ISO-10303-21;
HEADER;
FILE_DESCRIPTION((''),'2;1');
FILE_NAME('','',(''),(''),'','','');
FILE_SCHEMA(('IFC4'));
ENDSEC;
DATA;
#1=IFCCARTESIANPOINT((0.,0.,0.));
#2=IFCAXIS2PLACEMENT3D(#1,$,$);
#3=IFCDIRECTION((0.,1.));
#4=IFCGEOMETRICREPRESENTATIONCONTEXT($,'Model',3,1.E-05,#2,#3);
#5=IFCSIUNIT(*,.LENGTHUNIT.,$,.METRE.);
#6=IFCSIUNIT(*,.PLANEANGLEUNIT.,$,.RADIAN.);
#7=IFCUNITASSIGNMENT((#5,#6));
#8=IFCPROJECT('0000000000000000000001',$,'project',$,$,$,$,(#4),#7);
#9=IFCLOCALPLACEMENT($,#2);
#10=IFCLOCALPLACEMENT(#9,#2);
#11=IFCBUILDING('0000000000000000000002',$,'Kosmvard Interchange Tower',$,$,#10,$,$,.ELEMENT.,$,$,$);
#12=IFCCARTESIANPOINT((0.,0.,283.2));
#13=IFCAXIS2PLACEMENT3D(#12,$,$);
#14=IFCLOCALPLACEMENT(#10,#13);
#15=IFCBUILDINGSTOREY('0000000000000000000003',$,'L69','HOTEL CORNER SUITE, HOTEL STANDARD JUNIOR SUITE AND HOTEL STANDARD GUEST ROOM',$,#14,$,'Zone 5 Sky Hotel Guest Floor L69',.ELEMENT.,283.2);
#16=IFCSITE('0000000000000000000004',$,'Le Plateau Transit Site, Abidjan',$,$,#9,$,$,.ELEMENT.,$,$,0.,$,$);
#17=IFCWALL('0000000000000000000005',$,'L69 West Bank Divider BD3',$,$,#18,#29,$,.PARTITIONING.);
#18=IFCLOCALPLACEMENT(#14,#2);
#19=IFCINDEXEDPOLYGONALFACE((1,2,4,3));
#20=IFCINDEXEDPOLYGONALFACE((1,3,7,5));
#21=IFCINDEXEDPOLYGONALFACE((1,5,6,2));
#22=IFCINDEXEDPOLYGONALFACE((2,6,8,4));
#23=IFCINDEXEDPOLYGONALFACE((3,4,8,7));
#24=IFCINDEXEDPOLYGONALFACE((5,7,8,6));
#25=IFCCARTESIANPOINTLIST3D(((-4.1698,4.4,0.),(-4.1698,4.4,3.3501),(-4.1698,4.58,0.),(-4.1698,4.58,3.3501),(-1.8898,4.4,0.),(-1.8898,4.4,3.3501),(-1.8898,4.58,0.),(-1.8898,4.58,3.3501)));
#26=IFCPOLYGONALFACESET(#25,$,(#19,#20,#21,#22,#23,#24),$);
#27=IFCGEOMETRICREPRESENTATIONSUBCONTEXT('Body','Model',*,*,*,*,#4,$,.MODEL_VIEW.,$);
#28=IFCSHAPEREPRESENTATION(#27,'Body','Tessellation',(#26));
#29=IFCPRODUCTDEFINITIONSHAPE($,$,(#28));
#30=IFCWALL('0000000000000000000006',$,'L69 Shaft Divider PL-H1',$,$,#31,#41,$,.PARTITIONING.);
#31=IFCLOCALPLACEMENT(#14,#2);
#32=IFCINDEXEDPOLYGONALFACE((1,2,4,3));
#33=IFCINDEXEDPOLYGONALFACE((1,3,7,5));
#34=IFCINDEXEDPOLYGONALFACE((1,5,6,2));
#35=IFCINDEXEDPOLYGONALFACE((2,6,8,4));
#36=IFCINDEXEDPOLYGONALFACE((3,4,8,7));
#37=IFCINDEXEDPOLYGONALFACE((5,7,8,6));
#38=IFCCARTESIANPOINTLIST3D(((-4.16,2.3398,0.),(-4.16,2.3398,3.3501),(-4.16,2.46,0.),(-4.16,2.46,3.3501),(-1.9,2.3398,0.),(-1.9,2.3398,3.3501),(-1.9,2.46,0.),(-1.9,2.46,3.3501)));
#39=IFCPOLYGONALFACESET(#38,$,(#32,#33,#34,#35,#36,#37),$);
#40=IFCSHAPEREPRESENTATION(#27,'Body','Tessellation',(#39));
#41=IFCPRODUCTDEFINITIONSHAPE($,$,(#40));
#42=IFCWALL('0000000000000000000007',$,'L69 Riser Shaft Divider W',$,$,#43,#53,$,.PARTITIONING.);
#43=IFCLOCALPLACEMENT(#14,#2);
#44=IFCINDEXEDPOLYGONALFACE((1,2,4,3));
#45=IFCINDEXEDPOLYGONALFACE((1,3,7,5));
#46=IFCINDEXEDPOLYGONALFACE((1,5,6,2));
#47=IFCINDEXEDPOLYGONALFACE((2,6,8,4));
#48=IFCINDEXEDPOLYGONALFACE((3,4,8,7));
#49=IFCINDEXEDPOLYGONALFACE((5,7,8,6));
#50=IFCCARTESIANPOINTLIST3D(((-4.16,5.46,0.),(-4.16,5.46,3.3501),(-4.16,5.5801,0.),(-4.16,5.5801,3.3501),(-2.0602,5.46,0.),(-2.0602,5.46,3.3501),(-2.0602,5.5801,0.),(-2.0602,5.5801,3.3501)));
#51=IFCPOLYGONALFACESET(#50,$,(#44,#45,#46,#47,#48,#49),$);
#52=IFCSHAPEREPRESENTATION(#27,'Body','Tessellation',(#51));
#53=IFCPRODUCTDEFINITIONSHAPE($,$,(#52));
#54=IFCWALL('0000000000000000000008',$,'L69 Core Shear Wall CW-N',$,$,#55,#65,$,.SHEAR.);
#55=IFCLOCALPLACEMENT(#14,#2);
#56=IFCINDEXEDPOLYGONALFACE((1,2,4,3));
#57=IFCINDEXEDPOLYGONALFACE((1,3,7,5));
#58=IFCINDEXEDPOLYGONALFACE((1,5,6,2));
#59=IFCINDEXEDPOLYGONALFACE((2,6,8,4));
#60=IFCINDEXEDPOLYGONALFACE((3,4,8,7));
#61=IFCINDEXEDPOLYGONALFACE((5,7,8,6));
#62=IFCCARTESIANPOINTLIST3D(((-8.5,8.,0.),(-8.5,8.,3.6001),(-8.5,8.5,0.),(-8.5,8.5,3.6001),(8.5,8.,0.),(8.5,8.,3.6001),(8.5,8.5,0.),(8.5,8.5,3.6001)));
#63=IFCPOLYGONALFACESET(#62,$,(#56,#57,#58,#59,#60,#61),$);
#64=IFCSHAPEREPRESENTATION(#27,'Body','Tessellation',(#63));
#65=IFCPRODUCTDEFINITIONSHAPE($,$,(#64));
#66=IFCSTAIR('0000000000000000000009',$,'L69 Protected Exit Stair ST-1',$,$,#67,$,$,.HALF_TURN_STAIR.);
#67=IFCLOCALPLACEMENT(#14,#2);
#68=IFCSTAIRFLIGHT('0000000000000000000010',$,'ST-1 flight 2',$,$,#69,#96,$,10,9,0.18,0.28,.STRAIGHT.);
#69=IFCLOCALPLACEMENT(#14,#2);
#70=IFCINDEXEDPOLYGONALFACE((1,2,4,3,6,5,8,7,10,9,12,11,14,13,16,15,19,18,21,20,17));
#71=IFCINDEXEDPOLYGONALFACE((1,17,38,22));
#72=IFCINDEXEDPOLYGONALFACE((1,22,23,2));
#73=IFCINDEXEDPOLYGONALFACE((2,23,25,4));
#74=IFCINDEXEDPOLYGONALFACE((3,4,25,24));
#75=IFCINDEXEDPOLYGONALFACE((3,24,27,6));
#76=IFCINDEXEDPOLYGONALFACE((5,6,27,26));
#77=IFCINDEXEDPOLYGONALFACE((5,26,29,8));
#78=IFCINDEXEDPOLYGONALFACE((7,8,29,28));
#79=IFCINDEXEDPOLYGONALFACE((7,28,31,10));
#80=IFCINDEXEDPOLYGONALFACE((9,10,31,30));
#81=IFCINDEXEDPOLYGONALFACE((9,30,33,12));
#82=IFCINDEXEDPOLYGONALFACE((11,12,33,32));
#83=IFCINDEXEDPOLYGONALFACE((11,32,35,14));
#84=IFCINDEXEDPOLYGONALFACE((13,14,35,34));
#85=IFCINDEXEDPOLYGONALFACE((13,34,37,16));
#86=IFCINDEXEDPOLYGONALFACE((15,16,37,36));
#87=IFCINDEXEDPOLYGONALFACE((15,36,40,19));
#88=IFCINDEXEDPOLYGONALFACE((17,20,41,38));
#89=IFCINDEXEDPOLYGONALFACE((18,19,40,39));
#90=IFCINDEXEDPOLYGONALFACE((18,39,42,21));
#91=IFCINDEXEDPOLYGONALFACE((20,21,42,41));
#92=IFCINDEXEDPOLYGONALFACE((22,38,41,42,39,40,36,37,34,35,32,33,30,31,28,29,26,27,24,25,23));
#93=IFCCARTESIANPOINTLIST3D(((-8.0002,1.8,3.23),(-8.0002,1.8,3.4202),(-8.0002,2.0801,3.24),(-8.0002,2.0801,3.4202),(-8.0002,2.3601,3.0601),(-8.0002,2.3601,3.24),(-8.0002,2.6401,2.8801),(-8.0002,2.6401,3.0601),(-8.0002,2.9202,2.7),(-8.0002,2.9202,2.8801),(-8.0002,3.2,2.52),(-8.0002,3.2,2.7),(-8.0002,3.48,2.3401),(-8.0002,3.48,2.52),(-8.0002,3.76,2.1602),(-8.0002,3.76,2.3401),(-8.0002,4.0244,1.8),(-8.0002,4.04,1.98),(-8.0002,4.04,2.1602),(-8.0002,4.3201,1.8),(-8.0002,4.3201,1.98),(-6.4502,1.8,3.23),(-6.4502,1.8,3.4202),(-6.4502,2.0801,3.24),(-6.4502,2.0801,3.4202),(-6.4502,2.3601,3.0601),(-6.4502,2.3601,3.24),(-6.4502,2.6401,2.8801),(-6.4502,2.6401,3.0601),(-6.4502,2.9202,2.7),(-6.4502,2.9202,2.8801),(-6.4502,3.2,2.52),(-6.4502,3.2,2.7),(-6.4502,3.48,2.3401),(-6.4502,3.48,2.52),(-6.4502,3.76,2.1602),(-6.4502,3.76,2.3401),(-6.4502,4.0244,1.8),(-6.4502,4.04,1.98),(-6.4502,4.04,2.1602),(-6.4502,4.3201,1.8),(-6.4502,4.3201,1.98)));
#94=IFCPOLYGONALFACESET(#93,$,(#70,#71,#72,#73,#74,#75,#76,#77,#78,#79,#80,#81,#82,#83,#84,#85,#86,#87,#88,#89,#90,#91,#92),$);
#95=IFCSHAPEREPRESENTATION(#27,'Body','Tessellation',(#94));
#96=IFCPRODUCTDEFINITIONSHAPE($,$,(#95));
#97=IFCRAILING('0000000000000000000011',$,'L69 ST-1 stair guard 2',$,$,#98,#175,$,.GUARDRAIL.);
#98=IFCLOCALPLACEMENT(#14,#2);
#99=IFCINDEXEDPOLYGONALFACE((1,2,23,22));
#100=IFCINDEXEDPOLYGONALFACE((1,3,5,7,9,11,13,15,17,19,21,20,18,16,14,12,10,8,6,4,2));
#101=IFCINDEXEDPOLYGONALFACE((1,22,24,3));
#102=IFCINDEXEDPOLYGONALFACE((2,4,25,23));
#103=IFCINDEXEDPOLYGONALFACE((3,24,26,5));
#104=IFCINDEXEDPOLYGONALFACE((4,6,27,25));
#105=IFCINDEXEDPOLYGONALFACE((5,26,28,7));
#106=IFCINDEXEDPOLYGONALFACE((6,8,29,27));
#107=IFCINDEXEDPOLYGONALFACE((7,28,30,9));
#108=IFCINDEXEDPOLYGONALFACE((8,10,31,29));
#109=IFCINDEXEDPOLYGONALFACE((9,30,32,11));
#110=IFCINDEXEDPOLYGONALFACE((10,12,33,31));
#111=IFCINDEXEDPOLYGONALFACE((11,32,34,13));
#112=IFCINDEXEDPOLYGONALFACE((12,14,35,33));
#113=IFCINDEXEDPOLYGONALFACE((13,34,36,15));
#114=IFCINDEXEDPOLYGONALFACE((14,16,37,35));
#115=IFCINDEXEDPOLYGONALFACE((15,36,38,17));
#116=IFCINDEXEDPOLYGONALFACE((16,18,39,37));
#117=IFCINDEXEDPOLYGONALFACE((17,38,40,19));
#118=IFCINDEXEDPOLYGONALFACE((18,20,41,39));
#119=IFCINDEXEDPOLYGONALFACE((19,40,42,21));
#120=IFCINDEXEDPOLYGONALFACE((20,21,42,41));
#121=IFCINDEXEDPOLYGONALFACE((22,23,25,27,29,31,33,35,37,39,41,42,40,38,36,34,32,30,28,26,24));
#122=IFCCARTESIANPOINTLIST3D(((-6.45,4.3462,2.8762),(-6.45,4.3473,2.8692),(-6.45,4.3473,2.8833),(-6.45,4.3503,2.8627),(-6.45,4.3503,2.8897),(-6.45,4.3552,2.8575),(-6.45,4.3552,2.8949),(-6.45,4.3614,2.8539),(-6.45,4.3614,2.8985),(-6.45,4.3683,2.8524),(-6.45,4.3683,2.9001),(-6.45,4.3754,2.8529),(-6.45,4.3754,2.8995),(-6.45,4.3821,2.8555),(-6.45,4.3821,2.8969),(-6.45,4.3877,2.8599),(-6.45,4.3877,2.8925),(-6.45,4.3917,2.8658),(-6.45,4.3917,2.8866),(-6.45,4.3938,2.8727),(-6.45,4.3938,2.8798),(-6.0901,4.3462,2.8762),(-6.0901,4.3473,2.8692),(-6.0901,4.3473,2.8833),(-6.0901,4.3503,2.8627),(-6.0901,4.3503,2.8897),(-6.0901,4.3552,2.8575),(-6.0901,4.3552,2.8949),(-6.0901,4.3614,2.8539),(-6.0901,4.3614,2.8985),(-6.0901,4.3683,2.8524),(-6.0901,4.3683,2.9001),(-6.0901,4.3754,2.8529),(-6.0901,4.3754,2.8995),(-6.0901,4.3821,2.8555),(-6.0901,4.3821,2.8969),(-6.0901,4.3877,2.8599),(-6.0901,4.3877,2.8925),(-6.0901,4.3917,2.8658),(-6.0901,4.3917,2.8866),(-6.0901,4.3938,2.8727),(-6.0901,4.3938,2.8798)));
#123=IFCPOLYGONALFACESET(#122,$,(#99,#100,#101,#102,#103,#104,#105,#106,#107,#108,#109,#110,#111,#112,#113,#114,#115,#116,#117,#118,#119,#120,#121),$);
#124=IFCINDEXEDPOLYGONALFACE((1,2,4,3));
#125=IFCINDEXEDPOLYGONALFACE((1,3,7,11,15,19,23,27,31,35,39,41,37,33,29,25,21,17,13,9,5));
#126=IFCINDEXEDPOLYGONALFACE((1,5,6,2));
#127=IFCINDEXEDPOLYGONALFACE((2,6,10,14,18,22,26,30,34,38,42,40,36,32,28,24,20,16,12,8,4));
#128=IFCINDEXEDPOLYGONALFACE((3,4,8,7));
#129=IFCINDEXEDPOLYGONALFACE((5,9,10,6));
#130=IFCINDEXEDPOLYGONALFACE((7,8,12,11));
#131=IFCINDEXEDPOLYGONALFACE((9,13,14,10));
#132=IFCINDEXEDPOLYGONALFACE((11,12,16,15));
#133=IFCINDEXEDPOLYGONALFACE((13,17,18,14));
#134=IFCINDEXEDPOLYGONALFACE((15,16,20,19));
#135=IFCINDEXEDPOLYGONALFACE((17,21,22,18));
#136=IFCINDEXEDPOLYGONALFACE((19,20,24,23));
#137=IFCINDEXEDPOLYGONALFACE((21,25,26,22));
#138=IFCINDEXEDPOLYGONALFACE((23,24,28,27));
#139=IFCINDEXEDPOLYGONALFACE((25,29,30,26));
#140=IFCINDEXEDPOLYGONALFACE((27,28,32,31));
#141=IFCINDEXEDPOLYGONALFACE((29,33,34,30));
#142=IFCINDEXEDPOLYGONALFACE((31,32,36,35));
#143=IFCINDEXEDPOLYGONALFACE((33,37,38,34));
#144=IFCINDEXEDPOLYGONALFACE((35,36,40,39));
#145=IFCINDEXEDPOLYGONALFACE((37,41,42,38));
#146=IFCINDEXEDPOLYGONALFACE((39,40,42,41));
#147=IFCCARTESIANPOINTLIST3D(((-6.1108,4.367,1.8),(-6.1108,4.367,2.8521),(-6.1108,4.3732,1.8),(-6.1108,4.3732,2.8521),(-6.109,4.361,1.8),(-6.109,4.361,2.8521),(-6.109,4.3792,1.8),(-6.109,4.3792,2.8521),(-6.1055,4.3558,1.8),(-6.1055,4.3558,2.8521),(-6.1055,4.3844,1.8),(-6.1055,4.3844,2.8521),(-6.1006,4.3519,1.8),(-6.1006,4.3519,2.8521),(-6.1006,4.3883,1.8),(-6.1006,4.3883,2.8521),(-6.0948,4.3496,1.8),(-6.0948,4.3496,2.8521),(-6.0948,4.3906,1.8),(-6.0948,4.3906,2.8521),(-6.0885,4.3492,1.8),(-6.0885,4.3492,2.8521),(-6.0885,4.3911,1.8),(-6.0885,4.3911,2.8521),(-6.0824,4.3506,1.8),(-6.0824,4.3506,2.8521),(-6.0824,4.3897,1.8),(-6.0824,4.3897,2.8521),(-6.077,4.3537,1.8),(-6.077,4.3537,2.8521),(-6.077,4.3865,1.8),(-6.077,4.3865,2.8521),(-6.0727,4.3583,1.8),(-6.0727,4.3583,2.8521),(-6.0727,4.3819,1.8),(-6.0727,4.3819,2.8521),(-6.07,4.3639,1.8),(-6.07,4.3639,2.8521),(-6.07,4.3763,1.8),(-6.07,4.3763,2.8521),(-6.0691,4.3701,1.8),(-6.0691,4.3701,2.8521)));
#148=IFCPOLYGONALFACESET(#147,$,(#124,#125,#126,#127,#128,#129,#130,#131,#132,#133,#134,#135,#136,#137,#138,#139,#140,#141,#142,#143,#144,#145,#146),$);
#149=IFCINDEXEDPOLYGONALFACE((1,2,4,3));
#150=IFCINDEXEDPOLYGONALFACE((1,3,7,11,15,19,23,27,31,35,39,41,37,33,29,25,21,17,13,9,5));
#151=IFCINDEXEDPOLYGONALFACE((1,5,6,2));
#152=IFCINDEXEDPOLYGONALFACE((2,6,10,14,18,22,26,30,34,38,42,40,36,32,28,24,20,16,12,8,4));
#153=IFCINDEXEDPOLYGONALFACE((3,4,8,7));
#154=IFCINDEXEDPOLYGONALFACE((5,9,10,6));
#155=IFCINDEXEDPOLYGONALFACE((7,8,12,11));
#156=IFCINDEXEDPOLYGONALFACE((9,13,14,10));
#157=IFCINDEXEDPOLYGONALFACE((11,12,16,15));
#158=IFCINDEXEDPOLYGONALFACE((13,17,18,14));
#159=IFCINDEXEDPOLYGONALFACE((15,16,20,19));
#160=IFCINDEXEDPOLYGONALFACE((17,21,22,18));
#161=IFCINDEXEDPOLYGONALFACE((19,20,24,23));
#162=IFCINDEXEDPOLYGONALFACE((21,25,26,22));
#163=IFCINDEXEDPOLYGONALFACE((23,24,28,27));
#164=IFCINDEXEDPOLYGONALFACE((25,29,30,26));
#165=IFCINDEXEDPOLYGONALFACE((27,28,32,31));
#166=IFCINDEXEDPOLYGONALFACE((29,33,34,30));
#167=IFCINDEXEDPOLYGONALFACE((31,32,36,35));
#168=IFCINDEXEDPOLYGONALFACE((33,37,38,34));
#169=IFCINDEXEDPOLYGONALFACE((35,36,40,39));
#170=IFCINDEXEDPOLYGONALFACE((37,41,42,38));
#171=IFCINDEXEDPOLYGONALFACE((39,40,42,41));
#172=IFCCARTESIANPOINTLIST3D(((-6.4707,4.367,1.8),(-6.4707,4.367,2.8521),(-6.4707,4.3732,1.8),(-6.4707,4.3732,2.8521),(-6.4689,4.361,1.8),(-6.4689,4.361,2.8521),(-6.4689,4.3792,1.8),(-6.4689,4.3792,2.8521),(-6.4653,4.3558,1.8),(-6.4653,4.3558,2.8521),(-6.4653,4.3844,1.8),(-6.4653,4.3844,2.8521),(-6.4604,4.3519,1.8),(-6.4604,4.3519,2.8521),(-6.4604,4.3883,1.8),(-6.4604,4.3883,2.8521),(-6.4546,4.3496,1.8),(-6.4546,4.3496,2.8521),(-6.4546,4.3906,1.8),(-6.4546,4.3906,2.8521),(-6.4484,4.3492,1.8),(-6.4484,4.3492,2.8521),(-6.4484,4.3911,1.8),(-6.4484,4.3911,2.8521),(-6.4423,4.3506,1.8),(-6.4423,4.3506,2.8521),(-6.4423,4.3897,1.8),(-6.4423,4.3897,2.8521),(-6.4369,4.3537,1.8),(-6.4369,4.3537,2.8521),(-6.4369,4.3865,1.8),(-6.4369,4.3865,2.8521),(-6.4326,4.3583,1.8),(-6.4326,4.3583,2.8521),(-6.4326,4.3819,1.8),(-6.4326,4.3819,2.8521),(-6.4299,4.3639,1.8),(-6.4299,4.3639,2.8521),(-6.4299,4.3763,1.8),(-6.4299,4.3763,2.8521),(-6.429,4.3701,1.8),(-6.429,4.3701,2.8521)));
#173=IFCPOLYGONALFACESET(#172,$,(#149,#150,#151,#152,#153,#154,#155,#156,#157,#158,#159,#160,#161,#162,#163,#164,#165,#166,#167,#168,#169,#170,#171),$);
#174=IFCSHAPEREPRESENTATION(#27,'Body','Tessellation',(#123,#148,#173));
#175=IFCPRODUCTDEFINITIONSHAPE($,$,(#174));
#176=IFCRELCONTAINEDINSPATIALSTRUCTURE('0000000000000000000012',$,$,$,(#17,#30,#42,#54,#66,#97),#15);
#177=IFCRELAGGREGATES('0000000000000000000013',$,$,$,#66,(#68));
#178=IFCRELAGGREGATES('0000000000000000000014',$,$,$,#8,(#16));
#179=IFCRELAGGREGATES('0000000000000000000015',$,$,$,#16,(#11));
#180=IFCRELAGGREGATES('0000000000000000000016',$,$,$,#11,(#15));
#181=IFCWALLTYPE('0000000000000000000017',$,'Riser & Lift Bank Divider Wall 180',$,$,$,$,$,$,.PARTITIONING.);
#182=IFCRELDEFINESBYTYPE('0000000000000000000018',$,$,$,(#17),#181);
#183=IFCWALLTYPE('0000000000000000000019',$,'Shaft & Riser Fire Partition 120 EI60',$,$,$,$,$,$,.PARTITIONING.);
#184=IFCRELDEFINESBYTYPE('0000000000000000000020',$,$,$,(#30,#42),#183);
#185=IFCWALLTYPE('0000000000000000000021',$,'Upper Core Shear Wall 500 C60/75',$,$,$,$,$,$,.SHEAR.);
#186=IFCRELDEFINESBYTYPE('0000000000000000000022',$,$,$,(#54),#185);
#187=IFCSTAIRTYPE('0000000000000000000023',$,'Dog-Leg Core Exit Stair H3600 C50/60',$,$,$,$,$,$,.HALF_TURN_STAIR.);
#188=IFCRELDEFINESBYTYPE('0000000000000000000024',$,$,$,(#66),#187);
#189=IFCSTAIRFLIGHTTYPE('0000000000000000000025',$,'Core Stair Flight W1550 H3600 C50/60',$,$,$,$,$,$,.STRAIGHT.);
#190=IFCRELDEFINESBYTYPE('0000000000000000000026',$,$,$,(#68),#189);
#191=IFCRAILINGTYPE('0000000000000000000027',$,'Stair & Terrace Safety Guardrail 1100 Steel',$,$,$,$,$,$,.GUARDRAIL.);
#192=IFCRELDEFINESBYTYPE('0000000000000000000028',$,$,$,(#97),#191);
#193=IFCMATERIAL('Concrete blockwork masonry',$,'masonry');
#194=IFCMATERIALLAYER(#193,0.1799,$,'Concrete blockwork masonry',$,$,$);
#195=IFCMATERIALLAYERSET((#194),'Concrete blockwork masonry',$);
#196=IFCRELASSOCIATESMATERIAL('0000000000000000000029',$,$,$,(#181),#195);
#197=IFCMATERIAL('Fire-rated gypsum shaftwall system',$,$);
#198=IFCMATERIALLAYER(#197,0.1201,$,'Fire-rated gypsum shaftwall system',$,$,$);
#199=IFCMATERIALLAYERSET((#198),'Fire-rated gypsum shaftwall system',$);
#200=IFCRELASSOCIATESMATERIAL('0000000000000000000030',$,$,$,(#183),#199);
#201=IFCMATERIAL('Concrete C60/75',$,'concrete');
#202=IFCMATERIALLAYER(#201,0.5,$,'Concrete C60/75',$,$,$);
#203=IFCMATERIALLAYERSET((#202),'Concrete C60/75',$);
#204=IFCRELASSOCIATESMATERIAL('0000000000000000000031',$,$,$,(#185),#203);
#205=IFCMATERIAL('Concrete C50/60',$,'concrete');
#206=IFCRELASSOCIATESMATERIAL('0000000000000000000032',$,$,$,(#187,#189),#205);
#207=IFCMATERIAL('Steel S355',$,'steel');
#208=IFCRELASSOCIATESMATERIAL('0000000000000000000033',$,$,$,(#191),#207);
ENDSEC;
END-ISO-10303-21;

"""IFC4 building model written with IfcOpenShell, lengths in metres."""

from ifc_helpers import new_model, si_unit, direction, frame, frame_2d, origin, origin_2d, place, context, subcontext, project, spatial, polyline, rectangle, circle, outline, extrude, source, transform, mapped, material, layer, layer_set, type_object, element, aggregate, save


model = new_model("IFC4")

# Units and contexts
model_context = context("Model", 3, precision=1e-05, world=origin(), true_north=direction((0.0, 1.0)))
body_context = subcontext(model_context, "Body", "Model", "MODEL_VIEW")
ifc_project = project(units=[si_unit("LENGTHUNIT", "METRE"), si_unit("PLANEANGLEUNIT", "RADIAN")], contexts=[model_context])

# Site, building, storey
site_placement = place(None, origin())
site = spatial("IfcSite", under=ifc_project, at=site_placement, Name="Le Plateau Transit Site, Abidjan", CompositionType="ELEMENT", RefElevation=0.0)
building_placement = place(site_placement, origin())
building = spatial("IfcBuilding", under=site, at=building_placement, Name="Kosmvard Interchange Tower", CompositionType="ELEMENT")
storey_placement = place(building_placement, frame((0.0, 0.0, 283.2)))
storey = spatial("IfcBuildingStorey", under=building, at=storey_placement, Name="L69", Description="HOTEL CORNER SUITE, HOTEL STANDARD JUNIOR SUITE AND HOTEL STANDARD GUEST ROOM", LongName="Zone 5 Sky Hotel Guest Floor L69", CompositionType="ELEMENT", Elevation=283.2)

# Shared definitions
ifc_material_1 = material(Name="Concrete C50/60", Category="concrete")

# Shared definitions
ifc_material_2 = material(Name="Steel S355", Category="steel")

# Walls
ifc_material_3 = material(Name="Concrete blockwork masonry", Category="masonry")
ifc_layer_1 = layer(ifc_material_3, 0.1799, Name="Concrete blockwork masonry")
ifc_layer_set_1 = layer_set([ifc_layer_1], Name="Concrete blockwork masonry")
wall_type_1 = type_object("IfcWallType", Name="Riser & Lift Bank Divider Wall 180", PredefinedType="PARTITIONING", material=ifc_layer_set_1)
wall_1_placement = place(storey_placement, frame((-4.1699, 4.49, 0.0), z_axis=(0.0, 0.0, 1.0), x_axis=(1.0, 0.0, 0.0)))
element("IfcWall", 1, at=wall_1_placement, inside=storey, type_object=wall_type_1, Name="L69 West Bank Divider BD3", PredefinedType="PARTITIONING", context=body_context, shape_type="SweptSolid", body=[
    extrude(rectangle(XDim=2.28, YDim=0.1799, at=frame_2d((1.1401, 0.0))), origin(), (0.0, 0.0, 1.0), 3.3501),
])
ifc_material_4 = material(Name="Fire-rated gypsum shaftwall system")
ifc_layer_2 = layer(ifc_material_4, 0.1201, Name="Fire-rated gypsum shaftwall system")
ifc_layer_set_2 = layer_set([ifc_layer_2], Name="Fire-rated gypsum shaftwall system")
wall_type_2 = type_object("IfcWallType", Name="Shaft & Riser Fire Partition 120 EI60", PredefinedType="PARTITIONING", material=ifc_layer_set_2)
wall_2_placement = place(storey_placement, frame((-4.1599, 2.3999, 0.0), z_axis=(0.0, 0.0, 1.0), x_axis=(1.0, 0.0, 0.0)))
element("IfcWall", 2, at=wall_2_placement, inside=storey, type_object=wall_type_2, Name="L69 Shaft Divider PL-H1", PredefinedType="PARTITIONING", context=body_context, shape_type="SweptSolid", body=[
    extrude(rectangle(XDim=2.26, YDim=0.1201, at=frame_2d((1.1299, 0.0))), origin(), (0.0, 0.0, 1.0), 3.3501),
])
wall_3_placement = place(storey_placement, frame((-4.1599, 5.52, 0.0), z_axis=(0.0, 0.0, 1.0), x_axis=(1.0, 0.0, 0.0)))
element("IfcWall", 3, at=wall_3_placement, inside=storey, type_object=wall_type_2, Name="L69 Riser Shaft Divider W", PredefinedType="PARTITIONING", context=body_context, shape_type="SweptSolid", body=[
    extrude(rectangle(XDim=2.0999, YDim=0.1201, at=frame_2d((1.0498, 0.0))), origin(), (0.0, 0.0, 1.0), 3.3501),
])
ifc_material_5 = material(Name="Concrete C60/75", Category="concrete")
ifc_layer_3 = layer(ifc_material_5, 0.5, Name="Concrete C60/75")
ifc_layer_set_3 = layer_set([ifc_layer_3], Name="Concrete C60/75")
wall_type_3 = type_object("IfcWallType", Name="Upper Core Shear Wall 500 C60/75", PredefinedType="SHEAR", material=ifc_layer_set_3)
wall_4_placement = place(storey_placement, frame((-8.5, 8.25, 0.0), z_axis=(0.0, 0.0, 1.0), x_axis=(1.0, 0.0, 0.0)))
element("IfcWall", 4, at=wall_4_placement, inside=storey, type_object=wall_type_3, Name="L69 Core Shear Wall CW-N", PredefinedType="SHEAR", context=body_context, shape_type="SweptSolid", body=[
    extrude(rectangle(XDim=17.0, YDim=0.5, at=frame_2d((8.5, 0.0))), origin(), (0.0, 0.0, 1.0), 3.6001),
])

# Stair, stair flight
stair_type = type_object("IfcStairType", Name="Dog-Leg Core Exit Stair H3600 C50/60", PredefinedType="HALF_TURN_STAIR", material=ifc_material_1)
stair_placement = place(storey_placement, origin())
stair = element("IfcStair", 5, at=stair_placement, inside=storey, type_object=stair_type, Name="L69 Protected Exit Stair ST-1", PredefinedType="HALF_TURN_STAIR")
stair_flight_type = type_object("IfcStairFlightType", Name="Core Stair Flight W1550 H3600 C50/60", PredefinedType="STRAIGHT", material=ifc_material_1)
shared_shape_1 = source(origin(), body_context, "Body", "SweptSolid", [
    extrude(outline(polyline([(0.0, 0.0), (0.0, 0.1799), (0.28, 0.1799), (0.28, 0.3601), (0.5601, 0.3601), (0.5601, 0.54), (0.8401, 0.54), (0.8401, 0.72), (1.1201, 0.72), (1.1201, 0.8999), (1.3999, 0.8999), (1.3999, 1.0801), (1.6799, 1.0801), (1.6799, 1.26), (1.96, 1.26), (1.96, 1.4399), (2.24, 1.4399), (2.24, 1.6201), (2.52, 1.6201), (2.52, 1.8), (2.52, 1.4299), (0.2957, 0.0), (0.0, 0.0)])), frame((0.0, 0.7749, 0.0), z_axis=(0.0, -1.0, 0.0), x_axis=(1.0, 0.0, 0.0)), (0.0, 0.0, 1.0), 1.55),
])
stair_flight_placement = place(storey_placement, frame((-7.2251, 4.3201, 1.8), z_axis=(0.0, 0.0, 1.0), x_axis=(0.0, -1.0, 0.0)))
stair_flight = element("IfcStairFlight", 6, at=stair_flight_placement, type_object=stair_flight_type, Name="ST-1 flight 2", NumberOfRisers=10, NumberOfTreads=9, PredefinedType="STRAIGHT", RiserHeight=0.18, TreadLength=0.28, context=body_context, shape_type="MappedRepresentation", body=[
    mapped(shared_shape_1, transform((0.0, 0.0, 0.0), scale=1.0)),
])
aggregate(stair, [stair_flight])

# Railing
railing_type_1 = type_object("IfcRailingType", Name="Stair & Terrace Safety Guardrail 1100 Steel", PredefinedType="GUARDRAIL", material=ifc_material_2)
shared_shape_2 = source(origin(), body_context, "Body", "SweptSolid", [
    extrude(circle(Radius=0.0239, at=origin_2d()), frame((0.0, 0.0, 1.0762), z_axis=(-1.0, 0.0, 0.0), x_axis=(0.0, -1.0, 0.0)), (0.0, 0.0, 1.0), 0.3599),
    extrude(circle(Radius=0.021, at=origin_2d()), origin(), (0.0, 0.0, 1.0), 1.052),
    extrude(circle(Radius=0.021, at=origin_2d()), frame((-0.3599, 0.0, 0.0)), (0.0, 0.0, 1.0), 1.052),
])
railing_1_placement = place(storey_placement, frame((-6.0901, 4.3701, 1.8)))
element("IfcRailing", 7, at=railing_1_placement, inside=storey, type_object=railing_type_1, Name="L69 ST-1 stair guard 2", PredefinedType="GUARDRAIL", context=body_context, shape_type="MappedRepresentation", body=[
    mapped(shared_shape_2, transform((0.0, 0.0, 0.0), scale=1.0)),
])

save(model, "model.ifc")
